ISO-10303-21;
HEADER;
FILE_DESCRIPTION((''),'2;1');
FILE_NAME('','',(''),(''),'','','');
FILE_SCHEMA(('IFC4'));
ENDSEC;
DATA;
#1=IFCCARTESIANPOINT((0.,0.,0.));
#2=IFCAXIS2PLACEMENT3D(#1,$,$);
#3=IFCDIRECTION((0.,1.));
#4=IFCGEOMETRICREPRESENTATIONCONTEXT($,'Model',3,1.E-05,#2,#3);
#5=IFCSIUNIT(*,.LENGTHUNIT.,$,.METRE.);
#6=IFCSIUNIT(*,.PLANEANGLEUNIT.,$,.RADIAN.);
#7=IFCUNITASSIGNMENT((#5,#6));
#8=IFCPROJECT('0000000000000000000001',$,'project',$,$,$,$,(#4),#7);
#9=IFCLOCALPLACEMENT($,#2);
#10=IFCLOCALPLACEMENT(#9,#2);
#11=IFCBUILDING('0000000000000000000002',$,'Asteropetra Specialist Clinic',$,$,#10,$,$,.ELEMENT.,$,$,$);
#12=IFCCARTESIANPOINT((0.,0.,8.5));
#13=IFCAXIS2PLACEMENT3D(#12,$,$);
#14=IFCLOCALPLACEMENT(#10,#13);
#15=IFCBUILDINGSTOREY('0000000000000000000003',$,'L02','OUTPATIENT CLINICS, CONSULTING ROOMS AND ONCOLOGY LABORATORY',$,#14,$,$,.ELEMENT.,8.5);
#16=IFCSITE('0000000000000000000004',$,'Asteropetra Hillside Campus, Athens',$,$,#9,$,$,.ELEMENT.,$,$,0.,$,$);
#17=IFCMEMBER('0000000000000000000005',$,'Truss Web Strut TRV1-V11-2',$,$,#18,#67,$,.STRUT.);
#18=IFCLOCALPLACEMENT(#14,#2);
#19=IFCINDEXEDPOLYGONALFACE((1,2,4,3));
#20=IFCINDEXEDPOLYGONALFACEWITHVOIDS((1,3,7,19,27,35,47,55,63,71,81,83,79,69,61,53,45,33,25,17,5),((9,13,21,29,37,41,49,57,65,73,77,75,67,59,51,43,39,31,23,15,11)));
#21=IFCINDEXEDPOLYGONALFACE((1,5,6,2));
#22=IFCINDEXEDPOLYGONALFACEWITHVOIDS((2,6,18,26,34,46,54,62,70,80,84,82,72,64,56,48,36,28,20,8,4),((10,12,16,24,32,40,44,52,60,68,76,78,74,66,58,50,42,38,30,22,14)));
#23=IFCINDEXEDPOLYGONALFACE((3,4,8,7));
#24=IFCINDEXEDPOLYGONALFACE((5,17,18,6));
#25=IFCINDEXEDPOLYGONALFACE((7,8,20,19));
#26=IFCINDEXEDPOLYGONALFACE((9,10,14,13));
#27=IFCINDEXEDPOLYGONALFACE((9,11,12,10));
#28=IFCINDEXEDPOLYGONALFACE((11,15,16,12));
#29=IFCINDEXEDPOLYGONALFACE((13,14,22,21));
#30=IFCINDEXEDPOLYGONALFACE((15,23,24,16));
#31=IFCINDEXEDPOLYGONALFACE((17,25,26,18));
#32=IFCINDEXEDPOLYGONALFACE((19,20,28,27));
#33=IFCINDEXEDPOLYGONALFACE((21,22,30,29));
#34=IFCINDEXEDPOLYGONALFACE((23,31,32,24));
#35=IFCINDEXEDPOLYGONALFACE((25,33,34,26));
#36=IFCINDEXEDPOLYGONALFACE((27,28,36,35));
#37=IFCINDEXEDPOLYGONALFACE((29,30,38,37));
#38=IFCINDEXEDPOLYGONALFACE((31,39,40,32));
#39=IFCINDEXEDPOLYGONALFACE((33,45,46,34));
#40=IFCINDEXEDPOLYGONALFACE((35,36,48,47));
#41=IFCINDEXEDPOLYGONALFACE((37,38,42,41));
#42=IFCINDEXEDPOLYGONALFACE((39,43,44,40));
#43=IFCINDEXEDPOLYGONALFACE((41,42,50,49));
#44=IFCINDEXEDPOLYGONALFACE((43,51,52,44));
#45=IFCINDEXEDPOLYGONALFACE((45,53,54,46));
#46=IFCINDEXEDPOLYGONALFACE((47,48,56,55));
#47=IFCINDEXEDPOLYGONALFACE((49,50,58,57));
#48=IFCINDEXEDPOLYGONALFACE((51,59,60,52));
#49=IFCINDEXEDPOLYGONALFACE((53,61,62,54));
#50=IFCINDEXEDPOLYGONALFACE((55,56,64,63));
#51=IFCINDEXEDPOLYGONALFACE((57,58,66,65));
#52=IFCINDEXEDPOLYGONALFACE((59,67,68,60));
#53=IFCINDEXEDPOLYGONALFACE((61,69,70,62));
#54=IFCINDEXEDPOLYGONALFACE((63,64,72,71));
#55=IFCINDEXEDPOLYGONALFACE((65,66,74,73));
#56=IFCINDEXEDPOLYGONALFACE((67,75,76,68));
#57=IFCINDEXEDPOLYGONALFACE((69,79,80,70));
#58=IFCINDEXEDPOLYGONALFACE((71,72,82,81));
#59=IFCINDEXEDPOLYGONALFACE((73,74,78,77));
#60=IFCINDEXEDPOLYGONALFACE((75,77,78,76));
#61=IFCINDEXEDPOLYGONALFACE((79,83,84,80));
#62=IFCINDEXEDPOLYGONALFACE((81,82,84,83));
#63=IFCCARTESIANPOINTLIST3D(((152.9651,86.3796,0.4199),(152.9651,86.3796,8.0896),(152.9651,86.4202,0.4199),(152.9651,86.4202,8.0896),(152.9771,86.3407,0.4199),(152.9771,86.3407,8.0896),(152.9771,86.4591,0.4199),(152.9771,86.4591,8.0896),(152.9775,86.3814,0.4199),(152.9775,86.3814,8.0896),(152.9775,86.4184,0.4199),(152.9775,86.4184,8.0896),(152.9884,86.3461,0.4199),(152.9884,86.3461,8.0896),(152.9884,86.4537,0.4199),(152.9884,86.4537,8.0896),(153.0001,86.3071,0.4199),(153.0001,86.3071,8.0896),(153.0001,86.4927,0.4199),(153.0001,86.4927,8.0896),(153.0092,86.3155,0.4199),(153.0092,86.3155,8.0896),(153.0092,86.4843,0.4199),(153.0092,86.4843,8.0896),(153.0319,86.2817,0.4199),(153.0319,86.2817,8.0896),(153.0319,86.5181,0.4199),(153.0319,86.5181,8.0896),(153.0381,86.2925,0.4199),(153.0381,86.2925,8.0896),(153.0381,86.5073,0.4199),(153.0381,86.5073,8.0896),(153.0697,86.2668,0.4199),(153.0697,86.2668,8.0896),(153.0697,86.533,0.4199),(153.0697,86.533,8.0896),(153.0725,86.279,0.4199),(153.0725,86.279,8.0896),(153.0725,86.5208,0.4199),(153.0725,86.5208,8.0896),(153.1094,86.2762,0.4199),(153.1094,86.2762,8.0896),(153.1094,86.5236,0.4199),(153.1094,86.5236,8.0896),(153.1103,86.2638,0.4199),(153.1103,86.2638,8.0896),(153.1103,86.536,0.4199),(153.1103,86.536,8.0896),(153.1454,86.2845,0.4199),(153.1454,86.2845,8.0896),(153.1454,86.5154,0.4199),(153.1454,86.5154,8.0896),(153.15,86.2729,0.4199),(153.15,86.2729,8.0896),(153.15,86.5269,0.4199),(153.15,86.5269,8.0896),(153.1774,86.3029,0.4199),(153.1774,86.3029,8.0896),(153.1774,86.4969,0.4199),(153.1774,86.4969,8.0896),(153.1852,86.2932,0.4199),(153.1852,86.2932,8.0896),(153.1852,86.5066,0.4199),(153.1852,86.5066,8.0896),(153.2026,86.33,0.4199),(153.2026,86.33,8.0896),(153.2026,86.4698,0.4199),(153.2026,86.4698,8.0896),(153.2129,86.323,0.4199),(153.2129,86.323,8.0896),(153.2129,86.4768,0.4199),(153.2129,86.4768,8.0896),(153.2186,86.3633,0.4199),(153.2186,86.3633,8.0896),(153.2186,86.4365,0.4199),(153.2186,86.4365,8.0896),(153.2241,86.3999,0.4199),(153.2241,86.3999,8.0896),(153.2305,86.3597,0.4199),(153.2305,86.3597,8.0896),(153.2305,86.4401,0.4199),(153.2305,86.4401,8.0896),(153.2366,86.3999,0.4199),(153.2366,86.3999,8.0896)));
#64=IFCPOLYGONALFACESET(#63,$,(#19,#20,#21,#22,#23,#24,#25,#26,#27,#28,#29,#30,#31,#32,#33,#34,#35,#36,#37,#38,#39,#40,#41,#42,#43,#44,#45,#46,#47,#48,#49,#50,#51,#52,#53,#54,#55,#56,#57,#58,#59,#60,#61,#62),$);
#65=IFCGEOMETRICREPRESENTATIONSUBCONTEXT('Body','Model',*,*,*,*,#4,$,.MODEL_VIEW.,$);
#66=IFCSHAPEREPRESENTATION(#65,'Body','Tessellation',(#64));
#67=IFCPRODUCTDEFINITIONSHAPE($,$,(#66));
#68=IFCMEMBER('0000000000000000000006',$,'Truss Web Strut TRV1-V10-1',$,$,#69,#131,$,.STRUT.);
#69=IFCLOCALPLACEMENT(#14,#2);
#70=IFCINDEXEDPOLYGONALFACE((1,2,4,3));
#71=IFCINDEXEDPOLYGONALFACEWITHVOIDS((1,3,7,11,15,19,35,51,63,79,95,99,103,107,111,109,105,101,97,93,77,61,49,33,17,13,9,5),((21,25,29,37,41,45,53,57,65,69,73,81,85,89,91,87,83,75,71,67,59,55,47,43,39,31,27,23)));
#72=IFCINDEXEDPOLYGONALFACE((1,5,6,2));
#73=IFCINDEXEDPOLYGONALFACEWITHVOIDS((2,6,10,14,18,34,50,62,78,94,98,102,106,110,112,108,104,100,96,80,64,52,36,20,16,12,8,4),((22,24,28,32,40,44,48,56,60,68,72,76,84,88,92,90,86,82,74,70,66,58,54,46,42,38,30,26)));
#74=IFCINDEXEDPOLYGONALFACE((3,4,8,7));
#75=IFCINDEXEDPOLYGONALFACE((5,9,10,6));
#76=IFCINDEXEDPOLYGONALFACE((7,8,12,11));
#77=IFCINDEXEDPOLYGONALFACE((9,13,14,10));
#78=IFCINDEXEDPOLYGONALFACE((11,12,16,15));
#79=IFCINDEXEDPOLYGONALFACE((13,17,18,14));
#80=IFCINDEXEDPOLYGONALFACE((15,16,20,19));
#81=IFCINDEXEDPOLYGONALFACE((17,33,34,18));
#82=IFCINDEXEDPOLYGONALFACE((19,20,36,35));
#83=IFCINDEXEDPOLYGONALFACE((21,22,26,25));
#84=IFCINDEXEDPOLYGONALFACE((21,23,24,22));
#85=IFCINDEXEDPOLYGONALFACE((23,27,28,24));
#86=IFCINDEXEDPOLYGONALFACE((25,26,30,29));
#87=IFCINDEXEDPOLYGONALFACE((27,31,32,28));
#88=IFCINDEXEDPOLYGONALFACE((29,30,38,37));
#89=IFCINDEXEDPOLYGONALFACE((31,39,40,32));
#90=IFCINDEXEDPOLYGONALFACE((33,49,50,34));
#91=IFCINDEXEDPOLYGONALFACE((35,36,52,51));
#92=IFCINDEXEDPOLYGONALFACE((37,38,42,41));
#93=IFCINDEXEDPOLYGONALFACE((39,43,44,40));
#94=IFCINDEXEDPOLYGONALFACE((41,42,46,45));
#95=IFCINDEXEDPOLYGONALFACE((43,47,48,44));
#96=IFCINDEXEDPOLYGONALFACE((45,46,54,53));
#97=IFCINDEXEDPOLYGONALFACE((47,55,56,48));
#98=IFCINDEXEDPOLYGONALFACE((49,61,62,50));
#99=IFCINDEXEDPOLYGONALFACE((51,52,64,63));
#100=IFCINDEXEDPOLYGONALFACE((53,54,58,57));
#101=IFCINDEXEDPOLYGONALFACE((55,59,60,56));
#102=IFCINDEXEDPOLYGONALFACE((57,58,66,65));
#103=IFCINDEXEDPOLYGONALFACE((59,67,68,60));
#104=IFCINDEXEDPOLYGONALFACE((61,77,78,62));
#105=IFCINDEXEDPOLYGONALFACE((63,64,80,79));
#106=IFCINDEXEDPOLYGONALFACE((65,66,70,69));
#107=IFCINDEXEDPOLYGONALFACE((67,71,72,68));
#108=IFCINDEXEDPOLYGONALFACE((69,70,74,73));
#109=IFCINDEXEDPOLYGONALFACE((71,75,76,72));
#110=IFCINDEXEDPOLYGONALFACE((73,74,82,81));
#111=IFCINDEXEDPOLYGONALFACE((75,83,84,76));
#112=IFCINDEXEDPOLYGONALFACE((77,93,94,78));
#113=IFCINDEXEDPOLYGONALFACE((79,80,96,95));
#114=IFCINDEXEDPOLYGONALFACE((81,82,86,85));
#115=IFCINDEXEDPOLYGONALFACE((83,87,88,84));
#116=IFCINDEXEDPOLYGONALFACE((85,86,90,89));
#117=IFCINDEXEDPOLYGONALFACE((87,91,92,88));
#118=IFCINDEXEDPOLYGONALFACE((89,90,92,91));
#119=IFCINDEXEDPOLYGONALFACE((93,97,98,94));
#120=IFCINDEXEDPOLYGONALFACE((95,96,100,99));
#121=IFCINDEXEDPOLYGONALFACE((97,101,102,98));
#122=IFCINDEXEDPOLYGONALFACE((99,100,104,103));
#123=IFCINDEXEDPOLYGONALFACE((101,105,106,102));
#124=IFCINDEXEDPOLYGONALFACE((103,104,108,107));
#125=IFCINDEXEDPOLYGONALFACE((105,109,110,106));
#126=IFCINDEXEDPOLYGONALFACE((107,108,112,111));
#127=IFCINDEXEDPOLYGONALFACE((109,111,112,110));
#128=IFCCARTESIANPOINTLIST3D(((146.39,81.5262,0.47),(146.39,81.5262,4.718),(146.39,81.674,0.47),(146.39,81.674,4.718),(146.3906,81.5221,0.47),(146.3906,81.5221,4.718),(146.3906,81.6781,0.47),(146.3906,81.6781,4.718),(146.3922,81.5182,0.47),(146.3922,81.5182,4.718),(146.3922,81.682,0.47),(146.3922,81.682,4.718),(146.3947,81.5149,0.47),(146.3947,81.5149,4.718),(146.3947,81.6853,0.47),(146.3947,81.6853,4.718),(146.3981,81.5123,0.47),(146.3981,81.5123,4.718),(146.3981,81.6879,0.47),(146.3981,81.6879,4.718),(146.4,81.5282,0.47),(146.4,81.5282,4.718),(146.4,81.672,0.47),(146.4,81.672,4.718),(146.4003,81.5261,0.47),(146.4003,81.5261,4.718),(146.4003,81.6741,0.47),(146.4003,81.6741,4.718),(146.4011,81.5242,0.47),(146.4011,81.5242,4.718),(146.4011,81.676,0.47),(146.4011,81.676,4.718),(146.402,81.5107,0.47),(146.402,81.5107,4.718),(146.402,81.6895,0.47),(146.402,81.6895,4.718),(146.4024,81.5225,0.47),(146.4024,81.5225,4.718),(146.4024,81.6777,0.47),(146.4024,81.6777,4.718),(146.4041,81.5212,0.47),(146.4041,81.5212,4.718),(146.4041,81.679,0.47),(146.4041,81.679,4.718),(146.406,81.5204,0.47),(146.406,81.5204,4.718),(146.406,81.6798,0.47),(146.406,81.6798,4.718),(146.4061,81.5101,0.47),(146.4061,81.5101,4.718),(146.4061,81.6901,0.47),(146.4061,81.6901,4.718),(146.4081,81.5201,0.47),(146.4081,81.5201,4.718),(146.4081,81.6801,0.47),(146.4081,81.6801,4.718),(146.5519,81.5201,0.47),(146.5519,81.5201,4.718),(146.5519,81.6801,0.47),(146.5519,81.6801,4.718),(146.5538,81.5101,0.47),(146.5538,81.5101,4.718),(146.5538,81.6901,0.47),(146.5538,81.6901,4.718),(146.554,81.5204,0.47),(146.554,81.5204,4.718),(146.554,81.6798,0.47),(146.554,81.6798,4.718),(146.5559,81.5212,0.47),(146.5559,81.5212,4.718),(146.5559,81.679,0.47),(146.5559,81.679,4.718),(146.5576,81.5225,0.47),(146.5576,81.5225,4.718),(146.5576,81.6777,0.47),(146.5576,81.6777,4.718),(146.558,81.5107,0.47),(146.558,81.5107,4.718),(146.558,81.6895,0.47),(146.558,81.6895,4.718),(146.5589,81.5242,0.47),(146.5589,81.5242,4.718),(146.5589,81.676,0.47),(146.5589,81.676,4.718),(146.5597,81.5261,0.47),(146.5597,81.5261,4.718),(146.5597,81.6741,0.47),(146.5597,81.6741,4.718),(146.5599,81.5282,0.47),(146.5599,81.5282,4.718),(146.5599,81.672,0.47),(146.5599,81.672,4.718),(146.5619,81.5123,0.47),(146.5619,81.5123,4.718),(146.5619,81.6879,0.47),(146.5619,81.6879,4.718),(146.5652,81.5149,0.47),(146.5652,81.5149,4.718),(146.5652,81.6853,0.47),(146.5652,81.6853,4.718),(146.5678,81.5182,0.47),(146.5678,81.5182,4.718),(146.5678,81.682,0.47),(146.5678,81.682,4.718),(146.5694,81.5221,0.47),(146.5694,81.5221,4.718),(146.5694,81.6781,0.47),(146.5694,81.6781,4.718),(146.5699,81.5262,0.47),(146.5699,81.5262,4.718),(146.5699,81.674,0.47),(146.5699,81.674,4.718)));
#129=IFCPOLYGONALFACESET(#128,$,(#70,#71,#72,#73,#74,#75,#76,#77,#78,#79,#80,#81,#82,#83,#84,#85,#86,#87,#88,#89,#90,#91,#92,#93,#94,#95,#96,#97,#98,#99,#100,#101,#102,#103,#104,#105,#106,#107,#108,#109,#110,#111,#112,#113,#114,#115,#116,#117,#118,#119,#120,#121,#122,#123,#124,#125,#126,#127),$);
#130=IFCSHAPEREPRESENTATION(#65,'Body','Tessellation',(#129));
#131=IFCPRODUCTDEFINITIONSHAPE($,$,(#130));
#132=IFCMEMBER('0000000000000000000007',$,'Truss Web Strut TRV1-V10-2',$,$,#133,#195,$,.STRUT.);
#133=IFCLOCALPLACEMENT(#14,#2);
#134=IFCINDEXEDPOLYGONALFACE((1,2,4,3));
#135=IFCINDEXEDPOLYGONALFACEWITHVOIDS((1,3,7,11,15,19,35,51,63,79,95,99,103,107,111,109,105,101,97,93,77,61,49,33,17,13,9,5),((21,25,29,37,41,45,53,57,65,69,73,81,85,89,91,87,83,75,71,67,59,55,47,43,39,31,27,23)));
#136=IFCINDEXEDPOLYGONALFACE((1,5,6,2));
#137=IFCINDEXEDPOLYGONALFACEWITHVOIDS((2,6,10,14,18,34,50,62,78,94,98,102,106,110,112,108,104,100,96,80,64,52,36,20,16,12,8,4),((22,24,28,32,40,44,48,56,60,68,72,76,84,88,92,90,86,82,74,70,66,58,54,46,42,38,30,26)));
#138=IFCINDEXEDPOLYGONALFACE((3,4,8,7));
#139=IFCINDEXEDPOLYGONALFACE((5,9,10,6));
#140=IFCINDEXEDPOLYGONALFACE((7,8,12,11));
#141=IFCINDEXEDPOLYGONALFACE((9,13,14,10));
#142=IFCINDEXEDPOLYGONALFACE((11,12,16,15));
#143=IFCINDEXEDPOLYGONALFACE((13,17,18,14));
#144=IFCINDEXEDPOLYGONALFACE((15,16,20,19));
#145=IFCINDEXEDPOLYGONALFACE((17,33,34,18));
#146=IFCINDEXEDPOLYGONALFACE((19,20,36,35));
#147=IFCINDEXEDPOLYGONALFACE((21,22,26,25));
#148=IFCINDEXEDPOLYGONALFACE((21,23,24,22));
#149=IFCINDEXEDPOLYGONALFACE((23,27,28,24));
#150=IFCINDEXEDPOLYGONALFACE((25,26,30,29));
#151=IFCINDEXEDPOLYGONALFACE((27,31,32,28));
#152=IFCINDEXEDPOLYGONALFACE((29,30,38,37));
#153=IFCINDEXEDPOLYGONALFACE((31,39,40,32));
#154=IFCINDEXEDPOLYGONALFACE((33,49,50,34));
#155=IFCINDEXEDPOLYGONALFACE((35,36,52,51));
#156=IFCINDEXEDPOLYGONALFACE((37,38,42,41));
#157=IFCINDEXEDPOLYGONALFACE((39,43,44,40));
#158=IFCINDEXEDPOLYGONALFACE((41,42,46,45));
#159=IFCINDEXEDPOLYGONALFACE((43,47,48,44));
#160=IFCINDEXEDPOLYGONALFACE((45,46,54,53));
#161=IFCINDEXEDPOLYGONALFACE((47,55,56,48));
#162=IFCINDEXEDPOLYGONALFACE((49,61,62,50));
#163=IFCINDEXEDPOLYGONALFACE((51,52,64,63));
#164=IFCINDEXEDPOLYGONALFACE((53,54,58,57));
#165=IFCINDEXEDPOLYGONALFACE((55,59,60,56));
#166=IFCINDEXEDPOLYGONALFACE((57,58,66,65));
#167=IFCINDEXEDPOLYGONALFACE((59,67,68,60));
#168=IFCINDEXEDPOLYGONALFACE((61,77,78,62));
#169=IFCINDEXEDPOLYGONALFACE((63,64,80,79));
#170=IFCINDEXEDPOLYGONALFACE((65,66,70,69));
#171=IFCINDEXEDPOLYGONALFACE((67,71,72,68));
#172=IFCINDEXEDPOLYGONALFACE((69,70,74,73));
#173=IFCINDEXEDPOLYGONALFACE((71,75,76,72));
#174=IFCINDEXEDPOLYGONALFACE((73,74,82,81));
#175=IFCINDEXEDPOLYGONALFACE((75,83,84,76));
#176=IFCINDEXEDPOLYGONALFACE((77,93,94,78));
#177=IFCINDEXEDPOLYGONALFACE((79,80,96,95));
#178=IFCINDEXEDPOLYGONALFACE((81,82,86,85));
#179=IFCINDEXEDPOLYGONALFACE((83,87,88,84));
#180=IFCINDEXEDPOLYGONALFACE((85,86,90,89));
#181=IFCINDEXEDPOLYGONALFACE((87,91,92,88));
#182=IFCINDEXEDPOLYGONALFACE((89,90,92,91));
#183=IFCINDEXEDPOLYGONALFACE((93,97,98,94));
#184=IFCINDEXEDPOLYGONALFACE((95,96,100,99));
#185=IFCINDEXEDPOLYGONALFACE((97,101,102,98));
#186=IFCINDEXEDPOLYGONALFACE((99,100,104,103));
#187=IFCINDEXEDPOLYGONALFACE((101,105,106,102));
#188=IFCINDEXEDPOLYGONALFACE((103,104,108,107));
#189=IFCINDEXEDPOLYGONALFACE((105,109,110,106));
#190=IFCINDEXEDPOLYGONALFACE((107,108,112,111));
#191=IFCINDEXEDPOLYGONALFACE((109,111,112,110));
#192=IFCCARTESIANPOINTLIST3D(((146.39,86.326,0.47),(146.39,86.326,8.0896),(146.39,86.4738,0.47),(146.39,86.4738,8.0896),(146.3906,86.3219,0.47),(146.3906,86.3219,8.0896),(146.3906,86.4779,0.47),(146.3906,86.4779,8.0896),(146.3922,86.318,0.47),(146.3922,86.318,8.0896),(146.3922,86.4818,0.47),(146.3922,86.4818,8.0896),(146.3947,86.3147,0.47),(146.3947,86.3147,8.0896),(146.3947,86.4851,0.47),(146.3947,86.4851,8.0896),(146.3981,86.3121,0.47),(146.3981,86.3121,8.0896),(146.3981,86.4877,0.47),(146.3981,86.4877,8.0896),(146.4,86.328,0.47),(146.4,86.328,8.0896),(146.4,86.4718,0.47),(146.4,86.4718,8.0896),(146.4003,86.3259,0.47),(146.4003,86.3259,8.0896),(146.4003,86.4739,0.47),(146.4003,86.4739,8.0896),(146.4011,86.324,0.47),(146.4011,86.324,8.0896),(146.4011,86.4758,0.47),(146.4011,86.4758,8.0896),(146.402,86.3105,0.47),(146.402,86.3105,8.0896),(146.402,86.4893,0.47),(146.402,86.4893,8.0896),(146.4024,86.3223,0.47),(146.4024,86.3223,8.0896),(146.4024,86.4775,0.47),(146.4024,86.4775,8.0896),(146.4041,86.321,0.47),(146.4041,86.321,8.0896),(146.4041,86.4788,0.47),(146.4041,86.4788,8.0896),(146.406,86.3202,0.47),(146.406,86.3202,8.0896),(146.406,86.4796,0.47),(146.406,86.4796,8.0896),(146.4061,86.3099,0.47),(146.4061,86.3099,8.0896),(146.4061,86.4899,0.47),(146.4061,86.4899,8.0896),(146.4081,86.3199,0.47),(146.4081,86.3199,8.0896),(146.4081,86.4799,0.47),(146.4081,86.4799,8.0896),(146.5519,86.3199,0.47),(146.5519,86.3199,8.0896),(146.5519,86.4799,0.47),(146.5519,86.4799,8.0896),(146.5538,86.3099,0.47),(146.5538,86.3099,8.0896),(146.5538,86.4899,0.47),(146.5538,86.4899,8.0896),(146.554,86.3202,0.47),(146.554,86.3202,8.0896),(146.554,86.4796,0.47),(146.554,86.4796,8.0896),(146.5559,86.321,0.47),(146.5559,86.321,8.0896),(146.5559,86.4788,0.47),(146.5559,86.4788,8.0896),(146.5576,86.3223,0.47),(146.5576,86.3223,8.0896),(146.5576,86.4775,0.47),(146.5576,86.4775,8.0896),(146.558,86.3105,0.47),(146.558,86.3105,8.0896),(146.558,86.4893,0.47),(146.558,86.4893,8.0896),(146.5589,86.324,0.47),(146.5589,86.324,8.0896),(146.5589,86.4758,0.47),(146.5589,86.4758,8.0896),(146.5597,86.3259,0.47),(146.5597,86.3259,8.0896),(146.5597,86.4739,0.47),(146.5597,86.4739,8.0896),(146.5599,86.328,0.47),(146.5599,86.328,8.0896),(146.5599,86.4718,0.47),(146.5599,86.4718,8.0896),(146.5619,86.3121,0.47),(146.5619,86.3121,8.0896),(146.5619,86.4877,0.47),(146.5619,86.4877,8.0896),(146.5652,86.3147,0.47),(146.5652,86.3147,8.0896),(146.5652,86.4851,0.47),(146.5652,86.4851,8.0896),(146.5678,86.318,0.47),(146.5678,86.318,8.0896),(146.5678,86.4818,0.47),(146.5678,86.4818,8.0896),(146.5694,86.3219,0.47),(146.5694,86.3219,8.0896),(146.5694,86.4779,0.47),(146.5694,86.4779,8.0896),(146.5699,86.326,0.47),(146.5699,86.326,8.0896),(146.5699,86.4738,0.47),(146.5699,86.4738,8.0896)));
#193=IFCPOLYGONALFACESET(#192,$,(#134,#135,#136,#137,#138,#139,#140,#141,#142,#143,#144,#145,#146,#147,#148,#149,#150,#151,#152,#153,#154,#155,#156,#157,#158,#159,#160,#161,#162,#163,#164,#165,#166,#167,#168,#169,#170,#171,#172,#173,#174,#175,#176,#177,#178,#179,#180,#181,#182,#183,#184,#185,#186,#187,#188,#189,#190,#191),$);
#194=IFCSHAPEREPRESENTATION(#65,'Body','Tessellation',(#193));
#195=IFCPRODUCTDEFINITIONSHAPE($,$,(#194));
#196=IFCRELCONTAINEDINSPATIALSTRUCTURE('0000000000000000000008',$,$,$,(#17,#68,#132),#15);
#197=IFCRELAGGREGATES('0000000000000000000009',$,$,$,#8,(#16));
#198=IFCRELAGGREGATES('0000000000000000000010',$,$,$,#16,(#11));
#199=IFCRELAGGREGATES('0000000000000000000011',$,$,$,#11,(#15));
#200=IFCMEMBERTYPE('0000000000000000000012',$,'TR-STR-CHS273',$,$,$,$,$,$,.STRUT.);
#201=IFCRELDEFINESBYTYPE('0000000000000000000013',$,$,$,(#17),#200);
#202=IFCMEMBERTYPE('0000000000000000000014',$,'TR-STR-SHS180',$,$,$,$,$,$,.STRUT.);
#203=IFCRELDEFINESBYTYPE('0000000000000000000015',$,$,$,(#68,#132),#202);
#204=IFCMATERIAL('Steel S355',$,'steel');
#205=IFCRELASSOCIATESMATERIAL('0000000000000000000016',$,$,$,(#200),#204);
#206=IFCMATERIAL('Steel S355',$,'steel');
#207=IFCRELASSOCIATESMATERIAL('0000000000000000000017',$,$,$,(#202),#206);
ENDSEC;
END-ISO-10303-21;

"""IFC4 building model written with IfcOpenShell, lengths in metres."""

from ifc_helpers import new_model, si_unit, direction, frame, origin, origin_2d, place, context, subcontext, project, spatial, hollow_rectangle, hollow_circle, extrude, material, material_profile, profile_set, type_object, element, save


model = new_model("IFC4")

# Units and contexts
model_context = context("Model", 3, precision=1e-05, world=origin(), true_north=direction((0.0, 1.0)))
body_context = subcontext(model_context, "Body", "Model", "MODEL_VIEW")
ifc_project = project(units=[si_unit("LENGTHUNIT", "METRE"), si_unit("PLANEANGLEUNIT", "RADIAN")], contexts=[model_context])

# Site, building, storey
site_placement = place(None, origin())
site = spatial("IfcSite", under=ifc_project, at=site_placement, Name="Asteropetra Hillside Campus, Athens", CompositionType="ELEMENT", RefElevation=0.0)
building_placement = place(site_placement, origin())
building = spatial("IfcBuilding", under=site, at=building_placement, Name="Asteropetra Specialist Clinic", CompositionType="ELEMENT")
storey_placement = place(building_placement, frame((0.0, 0.0, 8.5)))
storey = spatial("IfcBuildingStorey", under=building, at=storey_placement, Name="L02", Description="OUTPATIENT CLINICS, CONSULTING ROOMS AND ONCOLOGY LABORATORY", CompositionType="ELEMENT", Elevation=8.5)

# Members
ifc_material_1 = material(Name="Steel S355", Category="steel")
ifc_material_profile_1 = material_profile(ifc_material_1, hollow_circle(Radius=0.1365, WallThickness=0.0125, at=origin_2d()), Name="CHS 273.0x12.5")
ifc_profile_set_1 = profile_set([ifc_material_profile_1], Name="Steel S355")
member_type_1 = type_object("IfcMemberType", Name="TR-STR-CHS273", PredefinedType="STRUT", material=ifc_profile_set_1)
member_1_placement = place(storey_placement, frame((153.1001, 86.3999, 0.4199), z_axis=(0.0, 0.0, 1.0), x_axis=(1.0, 0.0, 0.0)))
element("IfcMember", 1, at=member_1_placement, inside=storey, type_object=member_type_1, Name="Truss Web Strut TRV1-V11-2", PredefinedType="STRUT", context=body_context, shape_type="SweptSolid", body=[
    extrude(hollow_circle(Radius=0.1365, WallThickness=0.0125, at=origin_2d()), origin(), (0.0, 0.0, 1.0), 7.6697),
])
ifc_material_2 = material(Name="Steel S355", Category="steel")
ifc_material_profile_2 = material_profile(ifc_material_2, hollow_rectangle(XDim=0.1799, YDim=0.1799, WallThickness=0.01, InnerFilletRadius=0.0081, OuterFilletRadius=0.0161, at=origin_2d()), Name="SHS 180x180x10.0")
ifc_profile_set_2 = profile_set([ifc_material_profile_2], Name="Steel S355")
member_type_2 = type_object("IfcMemberType", Name="TR-STR-SHS180", PredefinedType="STRUT", material=ifc_profile_set_2)
member_2_placement = place(storey_placement, frame((146.48, 81.6001, 0.47), z_axis=(0.0, 0.0, 1.0), x_axis=(1.0, 0.0, 0.0)))
element("IfcMember", 2, at=member_2_placement, inside=storey, type_object=member_type_2, Name="Truss Web Strut TRV1-V10-1", PredefinedType="STRUT", context=body_context, shape_type="SweptSolid", body=[
    extrude(hollow_rectangle(XDim=0.1799, YDim=0.1799, WallThickness=0.01, InnerFilletRadius=0.0081, OuterFilletRadius=0.0161, at=origin_2d()), origin(), (0.0, 0.0, 1.0), 4.248),
])
member_3_placement = place(storey_placement, frame((146.48, 86.3999, 0.47), z_axis=(0.0, 0.0, 1.0), x_axis=(1.0, 0.0, 0.0)))
element("IfcMember", 3, at=member_3_placement, inside=storey, type_object=member_type_2, Name="Truss Web Strut TRV1-V10-2", PredefinedType="STRUT", context=body_context, shape_type="SweptSolid", body=[
    extrude(hollow_rectangle(XDim=0.1799, YDim=0.1799, WallThickness=0.01, InnerFilletRadius=0.0081, OuterFilletRadius=0.0161, at=origin_2d()), origin(), (0.0, 0.0, 1.0), 7.6196),
])

save(model, "model.ifc")
